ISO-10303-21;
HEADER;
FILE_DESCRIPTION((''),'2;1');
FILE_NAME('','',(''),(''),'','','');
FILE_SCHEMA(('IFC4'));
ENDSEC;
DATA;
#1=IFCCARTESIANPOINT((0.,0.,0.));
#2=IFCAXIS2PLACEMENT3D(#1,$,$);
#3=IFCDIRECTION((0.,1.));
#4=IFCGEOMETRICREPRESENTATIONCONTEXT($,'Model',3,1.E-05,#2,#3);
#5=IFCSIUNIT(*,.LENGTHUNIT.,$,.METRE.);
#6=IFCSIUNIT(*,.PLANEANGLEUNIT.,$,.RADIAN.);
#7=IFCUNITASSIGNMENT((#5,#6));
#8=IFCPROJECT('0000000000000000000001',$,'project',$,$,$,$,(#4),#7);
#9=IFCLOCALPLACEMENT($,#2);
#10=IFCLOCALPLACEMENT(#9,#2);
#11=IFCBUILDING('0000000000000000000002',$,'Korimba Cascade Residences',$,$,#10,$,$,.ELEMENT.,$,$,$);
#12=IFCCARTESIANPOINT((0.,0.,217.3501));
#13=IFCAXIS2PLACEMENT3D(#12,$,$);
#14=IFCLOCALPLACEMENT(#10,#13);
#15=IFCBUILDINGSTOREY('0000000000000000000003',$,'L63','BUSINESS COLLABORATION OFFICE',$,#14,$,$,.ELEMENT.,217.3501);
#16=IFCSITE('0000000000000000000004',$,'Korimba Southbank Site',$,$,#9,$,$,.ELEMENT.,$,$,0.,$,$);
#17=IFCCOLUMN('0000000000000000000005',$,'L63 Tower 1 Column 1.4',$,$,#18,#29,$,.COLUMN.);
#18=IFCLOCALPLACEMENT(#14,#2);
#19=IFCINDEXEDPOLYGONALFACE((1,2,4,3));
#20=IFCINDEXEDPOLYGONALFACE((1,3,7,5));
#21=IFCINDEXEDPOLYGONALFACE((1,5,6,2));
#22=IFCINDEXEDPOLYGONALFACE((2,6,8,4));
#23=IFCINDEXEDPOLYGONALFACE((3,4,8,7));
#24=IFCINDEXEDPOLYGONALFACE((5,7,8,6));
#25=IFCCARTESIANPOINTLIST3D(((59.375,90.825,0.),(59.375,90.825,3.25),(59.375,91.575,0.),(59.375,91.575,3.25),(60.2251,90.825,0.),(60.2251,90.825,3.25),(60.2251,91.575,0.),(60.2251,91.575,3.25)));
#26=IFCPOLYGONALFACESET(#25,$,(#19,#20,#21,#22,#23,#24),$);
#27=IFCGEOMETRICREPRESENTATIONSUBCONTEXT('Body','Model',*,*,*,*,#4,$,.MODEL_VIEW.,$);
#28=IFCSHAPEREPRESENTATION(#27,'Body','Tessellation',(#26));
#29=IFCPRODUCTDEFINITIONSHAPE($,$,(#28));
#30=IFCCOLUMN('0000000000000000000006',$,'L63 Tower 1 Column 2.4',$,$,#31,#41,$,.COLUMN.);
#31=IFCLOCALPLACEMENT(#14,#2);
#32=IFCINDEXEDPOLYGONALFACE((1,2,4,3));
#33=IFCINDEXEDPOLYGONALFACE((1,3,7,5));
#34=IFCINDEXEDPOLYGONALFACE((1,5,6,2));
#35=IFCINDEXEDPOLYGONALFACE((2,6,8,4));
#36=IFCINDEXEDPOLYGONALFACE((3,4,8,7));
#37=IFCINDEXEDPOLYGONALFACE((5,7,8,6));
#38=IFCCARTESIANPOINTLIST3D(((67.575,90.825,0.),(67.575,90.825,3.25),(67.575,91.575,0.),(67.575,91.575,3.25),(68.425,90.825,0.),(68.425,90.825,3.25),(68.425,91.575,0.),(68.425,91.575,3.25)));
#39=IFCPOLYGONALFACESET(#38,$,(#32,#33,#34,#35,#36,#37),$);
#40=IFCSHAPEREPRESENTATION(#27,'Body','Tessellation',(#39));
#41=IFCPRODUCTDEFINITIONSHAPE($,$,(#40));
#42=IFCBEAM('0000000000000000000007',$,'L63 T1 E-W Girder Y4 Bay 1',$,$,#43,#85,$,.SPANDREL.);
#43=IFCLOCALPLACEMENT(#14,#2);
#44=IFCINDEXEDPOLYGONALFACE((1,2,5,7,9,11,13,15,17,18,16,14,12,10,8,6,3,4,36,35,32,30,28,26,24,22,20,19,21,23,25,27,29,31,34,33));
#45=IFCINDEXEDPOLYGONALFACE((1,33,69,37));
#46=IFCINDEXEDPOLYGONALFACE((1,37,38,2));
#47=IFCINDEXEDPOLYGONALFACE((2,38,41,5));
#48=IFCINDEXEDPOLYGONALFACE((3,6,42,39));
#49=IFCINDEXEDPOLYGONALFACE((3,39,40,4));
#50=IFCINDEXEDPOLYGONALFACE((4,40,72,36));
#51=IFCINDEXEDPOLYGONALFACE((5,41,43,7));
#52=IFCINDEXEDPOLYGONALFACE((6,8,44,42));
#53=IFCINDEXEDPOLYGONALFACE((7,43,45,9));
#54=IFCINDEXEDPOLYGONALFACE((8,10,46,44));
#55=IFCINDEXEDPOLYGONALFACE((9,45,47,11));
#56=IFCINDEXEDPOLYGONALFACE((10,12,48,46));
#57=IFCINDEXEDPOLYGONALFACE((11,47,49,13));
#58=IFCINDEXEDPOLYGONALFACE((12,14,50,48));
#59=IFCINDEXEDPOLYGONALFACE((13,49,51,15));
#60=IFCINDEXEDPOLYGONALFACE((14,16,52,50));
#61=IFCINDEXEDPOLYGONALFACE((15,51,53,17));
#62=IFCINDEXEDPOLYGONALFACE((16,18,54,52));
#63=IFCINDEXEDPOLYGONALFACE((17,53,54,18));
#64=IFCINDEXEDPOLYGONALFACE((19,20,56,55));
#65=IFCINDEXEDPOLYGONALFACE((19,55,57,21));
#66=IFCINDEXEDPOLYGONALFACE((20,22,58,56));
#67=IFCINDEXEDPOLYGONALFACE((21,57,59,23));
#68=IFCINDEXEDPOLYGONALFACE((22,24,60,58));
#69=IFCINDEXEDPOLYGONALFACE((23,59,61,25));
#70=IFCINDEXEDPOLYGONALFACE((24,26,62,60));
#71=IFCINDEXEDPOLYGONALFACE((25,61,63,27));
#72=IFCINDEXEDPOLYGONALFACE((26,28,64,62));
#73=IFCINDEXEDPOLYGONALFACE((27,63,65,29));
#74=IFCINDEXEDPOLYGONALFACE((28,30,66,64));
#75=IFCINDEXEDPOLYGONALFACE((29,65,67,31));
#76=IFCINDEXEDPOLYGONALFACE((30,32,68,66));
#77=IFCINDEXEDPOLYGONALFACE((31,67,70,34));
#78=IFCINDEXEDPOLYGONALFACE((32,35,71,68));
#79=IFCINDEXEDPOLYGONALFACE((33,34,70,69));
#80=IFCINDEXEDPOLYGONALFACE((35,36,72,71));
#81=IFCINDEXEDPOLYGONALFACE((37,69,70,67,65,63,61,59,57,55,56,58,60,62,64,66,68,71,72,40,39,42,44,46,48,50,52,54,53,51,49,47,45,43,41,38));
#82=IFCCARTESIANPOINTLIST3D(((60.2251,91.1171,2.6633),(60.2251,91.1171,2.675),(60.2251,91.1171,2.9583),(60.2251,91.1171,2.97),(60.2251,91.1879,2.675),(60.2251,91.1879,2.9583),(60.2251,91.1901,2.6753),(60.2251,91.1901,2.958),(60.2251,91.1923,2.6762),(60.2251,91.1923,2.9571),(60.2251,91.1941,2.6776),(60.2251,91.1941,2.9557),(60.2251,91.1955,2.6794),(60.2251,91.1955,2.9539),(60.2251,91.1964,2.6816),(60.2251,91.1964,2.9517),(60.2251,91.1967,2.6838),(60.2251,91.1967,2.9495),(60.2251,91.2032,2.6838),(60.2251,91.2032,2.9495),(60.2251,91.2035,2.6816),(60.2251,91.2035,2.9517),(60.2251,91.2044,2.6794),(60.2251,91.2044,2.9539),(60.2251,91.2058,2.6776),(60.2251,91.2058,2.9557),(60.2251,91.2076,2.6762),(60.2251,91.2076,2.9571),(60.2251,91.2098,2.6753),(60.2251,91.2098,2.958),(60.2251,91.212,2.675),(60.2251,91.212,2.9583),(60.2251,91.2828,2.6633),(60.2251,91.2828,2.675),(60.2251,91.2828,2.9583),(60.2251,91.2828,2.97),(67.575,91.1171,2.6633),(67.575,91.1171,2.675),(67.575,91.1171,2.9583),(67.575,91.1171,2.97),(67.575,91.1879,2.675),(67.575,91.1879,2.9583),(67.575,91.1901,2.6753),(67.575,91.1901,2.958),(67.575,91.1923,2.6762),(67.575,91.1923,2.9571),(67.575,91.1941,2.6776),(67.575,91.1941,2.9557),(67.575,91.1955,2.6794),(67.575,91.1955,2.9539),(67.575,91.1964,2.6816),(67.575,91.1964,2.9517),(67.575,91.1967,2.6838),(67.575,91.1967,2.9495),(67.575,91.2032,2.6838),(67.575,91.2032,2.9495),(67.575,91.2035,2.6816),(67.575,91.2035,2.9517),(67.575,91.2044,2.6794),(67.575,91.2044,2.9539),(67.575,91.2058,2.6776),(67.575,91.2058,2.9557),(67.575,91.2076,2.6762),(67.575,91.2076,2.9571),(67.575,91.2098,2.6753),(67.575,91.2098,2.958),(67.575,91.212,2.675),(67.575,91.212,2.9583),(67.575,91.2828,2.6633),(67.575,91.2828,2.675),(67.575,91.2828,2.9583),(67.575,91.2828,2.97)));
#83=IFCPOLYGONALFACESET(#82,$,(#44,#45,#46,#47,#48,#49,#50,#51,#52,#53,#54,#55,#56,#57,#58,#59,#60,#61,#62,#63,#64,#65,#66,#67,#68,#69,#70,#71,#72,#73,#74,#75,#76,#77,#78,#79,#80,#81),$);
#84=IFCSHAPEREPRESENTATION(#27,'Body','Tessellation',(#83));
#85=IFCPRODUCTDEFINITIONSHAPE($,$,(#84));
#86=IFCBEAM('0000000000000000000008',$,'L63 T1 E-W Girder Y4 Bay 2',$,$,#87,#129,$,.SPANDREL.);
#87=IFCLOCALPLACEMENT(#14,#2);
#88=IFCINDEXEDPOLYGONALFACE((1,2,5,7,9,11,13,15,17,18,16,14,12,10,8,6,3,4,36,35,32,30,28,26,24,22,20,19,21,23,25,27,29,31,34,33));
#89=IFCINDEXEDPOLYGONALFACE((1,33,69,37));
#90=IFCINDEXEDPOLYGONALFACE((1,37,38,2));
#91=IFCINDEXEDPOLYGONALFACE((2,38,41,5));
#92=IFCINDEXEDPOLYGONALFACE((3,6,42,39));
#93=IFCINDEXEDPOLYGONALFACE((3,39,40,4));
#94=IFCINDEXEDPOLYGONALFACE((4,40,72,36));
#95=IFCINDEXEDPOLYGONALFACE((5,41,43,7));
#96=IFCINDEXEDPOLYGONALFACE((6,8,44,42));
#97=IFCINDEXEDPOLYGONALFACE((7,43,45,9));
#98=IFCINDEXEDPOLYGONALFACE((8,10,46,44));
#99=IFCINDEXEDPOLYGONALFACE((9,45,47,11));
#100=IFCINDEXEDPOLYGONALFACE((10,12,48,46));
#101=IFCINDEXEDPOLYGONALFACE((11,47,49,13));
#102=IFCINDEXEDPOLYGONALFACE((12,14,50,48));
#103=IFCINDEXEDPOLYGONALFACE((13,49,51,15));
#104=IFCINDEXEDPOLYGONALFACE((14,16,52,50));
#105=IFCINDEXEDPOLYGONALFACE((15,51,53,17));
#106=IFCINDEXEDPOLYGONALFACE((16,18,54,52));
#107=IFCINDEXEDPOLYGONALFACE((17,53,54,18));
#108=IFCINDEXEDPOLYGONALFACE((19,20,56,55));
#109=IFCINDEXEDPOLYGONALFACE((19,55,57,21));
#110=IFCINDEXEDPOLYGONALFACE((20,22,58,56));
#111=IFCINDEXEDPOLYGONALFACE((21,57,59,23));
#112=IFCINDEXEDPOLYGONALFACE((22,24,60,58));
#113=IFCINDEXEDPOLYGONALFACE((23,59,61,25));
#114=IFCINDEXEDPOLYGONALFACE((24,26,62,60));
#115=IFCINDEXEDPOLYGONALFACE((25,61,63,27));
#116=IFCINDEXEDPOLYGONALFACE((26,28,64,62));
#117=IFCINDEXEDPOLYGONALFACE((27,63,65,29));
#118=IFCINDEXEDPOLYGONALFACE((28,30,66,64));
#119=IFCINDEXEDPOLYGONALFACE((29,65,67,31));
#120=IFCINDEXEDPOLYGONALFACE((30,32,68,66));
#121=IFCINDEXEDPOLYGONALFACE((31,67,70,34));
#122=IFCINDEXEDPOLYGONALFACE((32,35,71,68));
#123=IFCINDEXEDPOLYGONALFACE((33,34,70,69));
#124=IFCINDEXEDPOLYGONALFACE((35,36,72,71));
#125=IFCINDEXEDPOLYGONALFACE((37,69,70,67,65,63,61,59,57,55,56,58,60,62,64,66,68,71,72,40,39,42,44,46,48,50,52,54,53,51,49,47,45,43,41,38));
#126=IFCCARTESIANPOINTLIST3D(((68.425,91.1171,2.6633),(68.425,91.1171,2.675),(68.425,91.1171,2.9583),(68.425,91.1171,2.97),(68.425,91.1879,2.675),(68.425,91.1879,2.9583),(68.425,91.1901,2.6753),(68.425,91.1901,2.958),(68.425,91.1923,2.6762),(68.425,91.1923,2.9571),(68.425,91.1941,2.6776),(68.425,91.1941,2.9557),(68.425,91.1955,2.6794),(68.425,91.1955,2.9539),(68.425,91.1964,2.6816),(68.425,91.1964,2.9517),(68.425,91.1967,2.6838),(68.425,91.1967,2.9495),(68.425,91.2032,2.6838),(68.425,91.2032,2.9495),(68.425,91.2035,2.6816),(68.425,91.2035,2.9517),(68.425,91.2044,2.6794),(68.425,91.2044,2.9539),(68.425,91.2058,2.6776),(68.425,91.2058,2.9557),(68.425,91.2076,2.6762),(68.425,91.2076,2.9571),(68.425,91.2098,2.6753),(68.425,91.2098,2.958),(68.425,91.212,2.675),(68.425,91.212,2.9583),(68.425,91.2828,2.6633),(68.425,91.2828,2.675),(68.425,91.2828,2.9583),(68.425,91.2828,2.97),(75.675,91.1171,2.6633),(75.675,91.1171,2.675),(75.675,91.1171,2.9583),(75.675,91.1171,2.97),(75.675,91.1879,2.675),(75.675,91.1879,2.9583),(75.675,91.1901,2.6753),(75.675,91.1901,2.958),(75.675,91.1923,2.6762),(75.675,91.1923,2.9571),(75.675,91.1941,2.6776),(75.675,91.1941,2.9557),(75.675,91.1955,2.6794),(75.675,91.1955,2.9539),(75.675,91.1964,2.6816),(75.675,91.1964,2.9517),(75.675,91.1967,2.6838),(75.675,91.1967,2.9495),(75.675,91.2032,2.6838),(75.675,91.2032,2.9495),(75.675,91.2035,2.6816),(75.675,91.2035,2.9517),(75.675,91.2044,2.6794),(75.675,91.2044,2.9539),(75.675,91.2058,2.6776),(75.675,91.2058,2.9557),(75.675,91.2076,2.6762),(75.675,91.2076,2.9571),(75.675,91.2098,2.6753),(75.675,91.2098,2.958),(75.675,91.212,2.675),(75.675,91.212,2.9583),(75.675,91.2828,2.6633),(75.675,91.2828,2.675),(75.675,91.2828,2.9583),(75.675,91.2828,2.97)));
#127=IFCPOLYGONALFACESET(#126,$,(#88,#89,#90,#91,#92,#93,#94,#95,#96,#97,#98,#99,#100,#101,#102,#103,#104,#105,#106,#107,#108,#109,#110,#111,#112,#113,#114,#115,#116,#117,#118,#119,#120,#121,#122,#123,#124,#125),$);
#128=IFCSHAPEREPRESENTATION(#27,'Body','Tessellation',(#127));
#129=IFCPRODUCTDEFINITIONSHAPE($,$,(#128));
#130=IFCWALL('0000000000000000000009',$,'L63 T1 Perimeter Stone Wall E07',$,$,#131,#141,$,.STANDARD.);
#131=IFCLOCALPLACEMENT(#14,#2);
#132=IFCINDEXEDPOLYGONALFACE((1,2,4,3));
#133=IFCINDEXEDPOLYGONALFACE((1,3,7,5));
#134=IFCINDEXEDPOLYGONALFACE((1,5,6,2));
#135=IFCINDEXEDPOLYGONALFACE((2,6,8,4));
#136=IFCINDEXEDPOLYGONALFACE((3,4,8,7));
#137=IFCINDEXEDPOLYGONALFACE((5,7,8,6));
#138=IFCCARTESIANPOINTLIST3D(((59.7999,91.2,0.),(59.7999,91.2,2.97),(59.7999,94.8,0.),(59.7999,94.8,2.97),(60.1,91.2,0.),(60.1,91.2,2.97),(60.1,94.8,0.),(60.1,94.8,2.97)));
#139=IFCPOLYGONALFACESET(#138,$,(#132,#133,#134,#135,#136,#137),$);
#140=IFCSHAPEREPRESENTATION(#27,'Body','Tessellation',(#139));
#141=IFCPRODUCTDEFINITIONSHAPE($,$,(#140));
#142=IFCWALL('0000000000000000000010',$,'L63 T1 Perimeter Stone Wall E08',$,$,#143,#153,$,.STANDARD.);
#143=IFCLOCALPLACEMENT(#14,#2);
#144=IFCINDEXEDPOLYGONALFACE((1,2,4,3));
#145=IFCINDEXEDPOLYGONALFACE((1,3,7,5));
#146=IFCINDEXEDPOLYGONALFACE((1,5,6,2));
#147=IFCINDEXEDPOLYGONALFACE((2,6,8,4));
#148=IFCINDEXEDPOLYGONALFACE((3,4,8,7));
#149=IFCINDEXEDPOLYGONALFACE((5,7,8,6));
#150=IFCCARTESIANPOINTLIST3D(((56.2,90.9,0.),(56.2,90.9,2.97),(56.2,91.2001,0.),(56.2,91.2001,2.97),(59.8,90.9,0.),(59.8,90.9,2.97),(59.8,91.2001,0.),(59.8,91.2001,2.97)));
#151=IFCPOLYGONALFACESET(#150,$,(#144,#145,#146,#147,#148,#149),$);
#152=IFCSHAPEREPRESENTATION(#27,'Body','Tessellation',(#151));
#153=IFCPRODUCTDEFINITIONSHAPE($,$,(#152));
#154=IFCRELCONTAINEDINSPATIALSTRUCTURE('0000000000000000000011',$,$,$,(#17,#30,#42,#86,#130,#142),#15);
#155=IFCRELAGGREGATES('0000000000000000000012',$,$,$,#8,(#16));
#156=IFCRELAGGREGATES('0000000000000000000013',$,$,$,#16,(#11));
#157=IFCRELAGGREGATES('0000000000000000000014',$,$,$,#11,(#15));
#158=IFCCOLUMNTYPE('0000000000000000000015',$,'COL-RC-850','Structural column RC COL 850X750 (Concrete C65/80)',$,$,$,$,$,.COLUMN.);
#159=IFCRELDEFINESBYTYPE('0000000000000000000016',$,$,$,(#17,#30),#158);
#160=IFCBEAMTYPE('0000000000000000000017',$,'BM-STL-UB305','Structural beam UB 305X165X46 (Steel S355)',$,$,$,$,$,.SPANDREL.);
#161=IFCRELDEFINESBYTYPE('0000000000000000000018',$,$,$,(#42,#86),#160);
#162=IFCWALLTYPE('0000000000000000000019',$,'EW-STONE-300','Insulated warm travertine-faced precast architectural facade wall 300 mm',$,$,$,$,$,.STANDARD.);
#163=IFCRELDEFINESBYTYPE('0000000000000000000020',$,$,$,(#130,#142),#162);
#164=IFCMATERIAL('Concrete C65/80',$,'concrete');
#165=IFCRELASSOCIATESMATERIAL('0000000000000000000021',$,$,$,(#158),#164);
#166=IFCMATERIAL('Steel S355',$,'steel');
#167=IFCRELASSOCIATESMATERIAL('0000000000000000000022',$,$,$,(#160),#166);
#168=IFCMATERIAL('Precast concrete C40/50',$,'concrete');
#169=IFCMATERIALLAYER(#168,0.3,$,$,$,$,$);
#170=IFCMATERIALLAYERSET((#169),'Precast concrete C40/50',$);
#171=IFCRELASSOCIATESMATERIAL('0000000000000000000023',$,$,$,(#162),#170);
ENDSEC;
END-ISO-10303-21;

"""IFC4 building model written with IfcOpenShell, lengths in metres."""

from ifc_helpers import new_model, si_unit, direction, frame, frame_2d, origin, origin_2d, place, context, subcontext, project, spatial, rectangle, i_section, extrude, material, layer, layer_set, material_profile, profile_set, type_object, element, save


model = new_model("IFC4")

# Units and contexts
model_context = context("Model", 3, precision=1e-05, world=origin(), true_north=direction((0.0, 1.0)))
body_context = subcontext(model_context, "Body", "Model", "MODEL_VIEW")
ifc_project = project(units=[si_unit("LENGTHUNIT", "METRE"), si_unit("PLANEANGLEUNIT", "RADIAN")], contexts=[model_context])

# Site, building, storey
site_placement = place(None, origin())
site = spatial("IfcSite", under=ifc_project, at=site_placement, Name="Korimba Southbank Site", CompositionType="ELEMENT", RefElevation=0.0)
building_placement = place(site_placement, origin())
building = spatial("IfcBuilding", under=site, at=building_placement, Name="Korimba Cascade Residences", CompositionType="ELEMENT")
storey_placement = place(building_placement, frame((0.0, 0.0, 217.3501)))
storey = spatial("IfcBuildingStorey", under=building, at=storey_placement, Name="L63", Description="BUSINESS COLLABORATION OFFICE", CompositionType="ELEMENT", Elevation=217.3501)

# Columns
ifc_material_1 = material(Name="Concrete C65/80", Category="concrete")
ifc_material_profile_1 = material_profile(ifc_material_1, rectangle(XDim=0.8501, YDim=0.75, at=origin_2d()), Name="Concrete C65/80")
ifc_profile_set_1 = profile_set([ifc_material_profile_1], Name="Concrete C65/80")
column_type = type_object("IfcColumnType", Name="COL-RC-850", Description="Structural column RC COL 850X750 (Concrete C65/80)", PredefinedType="COLUMN", material=ifc_profile_set_1)
for number, where, z_axis, x_axis, name in (
    (1, (59.8, 91.2, 0.0), (0.0, 0.0, 1.0), (1.0, 0.0, 0.0), "L63 Tower 1 Column 1.4"),
    (2, (68.0, 91.2, 0.0), (0.0, 0.0, 1.0), (1.0, 0.0, 0.0), "L63 Tower 1 Column 2.4"),
):
    element("IfcColumn", number, at=place(storey_placement, frame(where, z_axis=z_axis, x_axis=x_axis)), inside=storey, type_object=column_type, Name=name, PredefinedType="COLUMN", context=body_context, shape_type="SweptSolid", body=[
        extrude(rectangle(XDim=0.8501, YDim=0.75, at=origin_2d()), origin(), (0.0, 0.0, 1.0), 3.25),
    ])

# Beams
ifc_material_2 = material(Name="Steel S355", Category="steel")
ifc_material_profile_2 = material_profile(ifc_material_2, i_section(OverallWidth=0.1658, OverallDepth=0.3066, WebThickness=0.0066, FlangeThickness=0.0117, FilletRadius=0.0088, at=origin_2d()), Name="Steel S355")
ifc_profile_set_2 = profile_set([ifc_material_profile_2], Name="Steel S355")
beam_type = type_object("IfcBeamType", Name="BM-STL-UB305", Description="Structural beam UB 305X165X46 (Steel S355)", PredefinedType="SPANDREL", material=ifc_profile_set_2)
beam_1_placement = place(storey_placement, frame((60.2251, 91.2, 2.8167), z_axis=(1.0, 0.0, 0.0), x_axis=(0.0, 1.0, 0.0)))
element("IfcBeam", 3, at=beam_1_placement, inside=storey, type_object=beam_type, Name="L63 T1 E-W Girder Y4 Bay 1", PredefinedType="SPANDREL", context=body_context, shape_type="SweptSolid", body=[
    extrude(i_section(OverallWidth=0.1658, OverallDepth=0.3066, WebThickness=0.0066, FlangeThickness=0.0117, FilletRadius=0.0088, at=origin_2d()), origin(), (0.0, 0.0, 1.0), 7.3499),
])
beam_2_placement = place(storey_placement, frame((68.425, 91.2, 2.8167), z_axis=(1.0, 0.0, 0.0), x_axis=(0.0, 1.0, 0.0)))
element("IfcBeam", 4, at=beam_2_placement, inside=storey, type_object=beam_type, Name="L63 T1 E-W Girder Y4 Bay 2", PredefinedType="SPANDREL", context=body_context, shape_type="SweptSolid", body=[
    extrude(i_section(OverallWidth=0.1658, OverallDepth=0.3066, WebThickness=0.0066, FlangeThickness=0.0117, FilletRadius=0.0088, at=origin_2d()), origin(), (0.0, 0.0, 1.0), 7.25),
])

# Walls
ifc_material_3 = material(Name="Precast concrete C40/50", Category="concrete")
ifc_layer_1 = layer(ifc_material_3, 0.3)
ifc_layer_set_1 = layer_set([ifc_layer_1], Name="Precast concrete C40/50")
wall_type_1 = type_object("IfcWallType", Name="EW-STONE-300", Description="Insulated warm travertine-faced precast architectural facade wall 300 mm", PredefinedType="STANDARD", material=ifc_layer_set_1)
for number, where, z_axis, x_axis, name in (
    (5, (59.95, 94.8, 0.0), (0.0, 0.0, 1.0), (0.0, -1.0, 0.0), "L63 T1 Perimeter Stone Wall E07"),
    (6, (59.8, 91.05, 0.0), (0.0, 0.0, 1.0), (-1.0, 0.0, 0.0), "L63 T1 Perimeter Stone Wall E08"),
):
    element("IfcWall", number, at=place(storey_placement, frame(where, z_axis=z_axis, x_axis=x_axis)), inside=storey, type_object=wall_type_1, Name=name, PredefinedType="STANDARD", context=body_context, shape_type="SweptSolid", body=[
        extrude(rectangle(XDim=3.6001, YDim=0.3, at=frame_2d((1.8, 0.0))), origin(), (0.0, 0.0, 1.0), 2.97),
    ])

save(model, "model.ifc")
